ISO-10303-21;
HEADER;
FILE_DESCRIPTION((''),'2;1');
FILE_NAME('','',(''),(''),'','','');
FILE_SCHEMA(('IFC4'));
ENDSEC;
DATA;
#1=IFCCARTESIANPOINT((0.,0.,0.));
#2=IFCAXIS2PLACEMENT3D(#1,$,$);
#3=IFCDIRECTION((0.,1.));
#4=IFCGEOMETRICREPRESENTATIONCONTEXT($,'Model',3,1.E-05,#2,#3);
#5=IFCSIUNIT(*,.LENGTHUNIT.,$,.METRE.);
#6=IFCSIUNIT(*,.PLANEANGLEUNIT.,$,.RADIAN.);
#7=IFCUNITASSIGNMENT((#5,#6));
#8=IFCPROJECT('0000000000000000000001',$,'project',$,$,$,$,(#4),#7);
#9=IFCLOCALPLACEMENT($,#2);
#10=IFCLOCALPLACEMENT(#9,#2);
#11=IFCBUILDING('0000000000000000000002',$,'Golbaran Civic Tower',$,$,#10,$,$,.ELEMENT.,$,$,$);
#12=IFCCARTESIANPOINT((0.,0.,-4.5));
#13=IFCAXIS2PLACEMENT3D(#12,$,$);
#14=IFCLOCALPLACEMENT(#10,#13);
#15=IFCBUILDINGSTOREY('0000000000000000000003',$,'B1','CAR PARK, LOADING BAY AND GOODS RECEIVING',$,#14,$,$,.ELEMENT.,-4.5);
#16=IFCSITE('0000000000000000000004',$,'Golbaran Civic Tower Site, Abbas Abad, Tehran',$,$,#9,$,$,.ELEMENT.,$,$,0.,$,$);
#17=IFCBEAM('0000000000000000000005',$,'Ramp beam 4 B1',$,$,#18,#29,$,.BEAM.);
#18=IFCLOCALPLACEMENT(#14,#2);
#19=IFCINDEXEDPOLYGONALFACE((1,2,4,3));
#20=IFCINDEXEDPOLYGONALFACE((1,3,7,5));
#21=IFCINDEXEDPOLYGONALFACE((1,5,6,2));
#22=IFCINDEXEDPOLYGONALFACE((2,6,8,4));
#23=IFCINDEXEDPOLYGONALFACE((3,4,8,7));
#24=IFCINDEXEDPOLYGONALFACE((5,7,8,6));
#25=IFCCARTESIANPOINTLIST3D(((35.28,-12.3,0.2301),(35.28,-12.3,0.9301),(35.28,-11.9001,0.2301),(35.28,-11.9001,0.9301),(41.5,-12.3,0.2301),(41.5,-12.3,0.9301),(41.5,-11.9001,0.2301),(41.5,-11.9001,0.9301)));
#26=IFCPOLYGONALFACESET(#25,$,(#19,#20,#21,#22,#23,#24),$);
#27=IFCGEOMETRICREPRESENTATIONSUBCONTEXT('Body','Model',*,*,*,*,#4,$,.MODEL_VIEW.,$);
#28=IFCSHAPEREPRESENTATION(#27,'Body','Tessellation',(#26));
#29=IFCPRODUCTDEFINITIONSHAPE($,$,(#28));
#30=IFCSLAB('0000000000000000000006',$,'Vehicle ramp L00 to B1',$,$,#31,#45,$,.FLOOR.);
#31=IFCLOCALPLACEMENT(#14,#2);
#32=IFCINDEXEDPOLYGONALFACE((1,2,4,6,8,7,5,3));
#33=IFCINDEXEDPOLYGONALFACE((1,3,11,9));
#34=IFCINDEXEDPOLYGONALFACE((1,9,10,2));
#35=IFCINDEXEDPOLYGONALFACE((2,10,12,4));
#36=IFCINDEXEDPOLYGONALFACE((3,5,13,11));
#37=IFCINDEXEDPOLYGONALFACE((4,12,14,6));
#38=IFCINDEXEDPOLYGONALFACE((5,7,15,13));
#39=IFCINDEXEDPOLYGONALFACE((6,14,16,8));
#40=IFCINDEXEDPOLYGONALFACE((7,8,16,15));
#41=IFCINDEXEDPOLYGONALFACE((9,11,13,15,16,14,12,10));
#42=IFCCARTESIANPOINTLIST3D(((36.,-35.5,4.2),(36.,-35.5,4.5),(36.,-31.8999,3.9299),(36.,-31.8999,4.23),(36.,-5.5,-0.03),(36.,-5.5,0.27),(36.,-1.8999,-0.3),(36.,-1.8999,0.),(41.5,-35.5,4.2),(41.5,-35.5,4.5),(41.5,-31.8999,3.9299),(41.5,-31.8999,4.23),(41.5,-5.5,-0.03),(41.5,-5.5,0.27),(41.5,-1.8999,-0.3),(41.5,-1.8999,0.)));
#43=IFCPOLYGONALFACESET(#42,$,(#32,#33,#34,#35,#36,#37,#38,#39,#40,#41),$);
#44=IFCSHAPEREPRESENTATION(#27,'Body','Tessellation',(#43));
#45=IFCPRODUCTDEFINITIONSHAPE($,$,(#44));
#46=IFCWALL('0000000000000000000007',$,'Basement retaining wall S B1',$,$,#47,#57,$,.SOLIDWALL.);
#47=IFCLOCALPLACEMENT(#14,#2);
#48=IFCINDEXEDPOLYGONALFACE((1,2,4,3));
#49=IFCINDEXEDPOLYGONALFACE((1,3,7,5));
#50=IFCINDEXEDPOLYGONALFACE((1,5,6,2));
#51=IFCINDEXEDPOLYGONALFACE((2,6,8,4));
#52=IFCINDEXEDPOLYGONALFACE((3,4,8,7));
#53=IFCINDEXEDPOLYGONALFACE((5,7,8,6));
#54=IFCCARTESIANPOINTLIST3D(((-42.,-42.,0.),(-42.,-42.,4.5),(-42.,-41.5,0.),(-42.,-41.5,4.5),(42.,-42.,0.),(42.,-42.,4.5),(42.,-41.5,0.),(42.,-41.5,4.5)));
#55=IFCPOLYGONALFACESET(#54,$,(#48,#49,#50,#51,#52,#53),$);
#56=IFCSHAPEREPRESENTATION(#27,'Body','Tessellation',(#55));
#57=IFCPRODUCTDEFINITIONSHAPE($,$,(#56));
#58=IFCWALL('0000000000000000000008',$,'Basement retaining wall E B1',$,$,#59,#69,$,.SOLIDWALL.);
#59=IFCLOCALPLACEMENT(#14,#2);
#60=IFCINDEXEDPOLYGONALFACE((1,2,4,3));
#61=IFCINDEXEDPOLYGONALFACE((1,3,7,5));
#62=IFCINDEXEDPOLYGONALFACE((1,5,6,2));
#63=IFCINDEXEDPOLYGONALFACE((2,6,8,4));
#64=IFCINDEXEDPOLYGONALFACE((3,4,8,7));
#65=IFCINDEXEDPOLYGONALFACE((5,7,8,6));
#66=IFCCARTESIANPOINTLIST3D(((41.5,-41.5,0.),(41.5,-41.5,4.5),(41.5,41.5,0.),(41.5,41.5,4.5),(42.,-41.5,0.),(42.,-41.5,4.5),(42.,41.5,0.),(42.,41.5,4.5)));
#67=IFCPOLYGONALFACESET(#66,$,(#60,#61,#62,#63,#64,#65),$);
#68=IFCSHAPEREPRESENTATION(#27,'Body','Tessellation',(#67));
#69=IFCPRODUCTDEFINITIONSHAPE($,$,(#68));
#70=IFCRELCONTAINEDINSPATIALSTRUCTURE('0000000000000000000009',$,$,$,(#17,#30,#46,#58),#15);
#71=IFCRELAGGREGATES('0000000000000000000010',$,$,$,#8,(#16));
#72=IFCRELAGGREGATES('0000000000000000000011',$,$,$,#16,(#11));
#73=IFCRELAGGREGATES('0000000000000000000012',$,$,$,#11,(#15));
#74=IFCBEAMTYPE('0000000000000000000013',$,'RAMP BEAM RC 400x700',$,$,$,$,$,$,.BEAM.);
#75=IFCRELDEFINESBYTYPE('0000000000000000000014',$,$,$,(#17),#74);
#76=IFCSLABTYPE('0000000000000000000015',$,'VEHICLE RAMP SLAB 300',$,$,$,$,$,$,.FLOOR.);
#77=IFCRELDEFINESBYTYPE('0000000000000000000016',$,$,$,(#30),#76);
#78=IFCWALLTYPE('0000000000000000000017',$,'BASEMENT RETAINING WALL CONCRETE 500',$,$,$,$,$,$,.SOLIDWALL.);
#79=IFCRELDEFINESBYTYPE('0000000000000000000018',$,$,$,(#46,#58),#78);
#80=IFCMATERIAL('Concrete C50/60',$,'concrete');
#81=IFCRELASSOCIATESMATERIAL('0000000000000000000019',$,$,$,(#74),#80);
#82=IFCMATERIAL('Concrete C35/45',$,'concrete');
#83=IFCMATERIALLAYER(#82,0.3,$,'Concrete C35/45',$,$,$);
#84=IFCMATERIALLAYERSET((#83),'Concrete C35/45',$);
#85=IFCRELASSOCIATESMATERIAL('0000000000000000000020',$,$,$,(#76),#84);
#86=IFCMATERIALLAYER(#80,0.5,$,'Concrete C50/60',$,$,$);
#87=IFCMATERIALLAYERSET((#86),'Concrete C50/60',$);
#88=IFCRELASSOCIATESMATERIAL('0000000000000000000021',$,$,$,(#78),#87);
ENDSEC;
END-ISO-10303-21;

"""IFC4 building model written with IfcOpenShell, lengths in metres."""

from ifc_helpers import new_model, si_unit, direction, frame, frame_2d, origin, origin_2d, place, context, subcontext, project, spatial, polyline, rectangle, outline, extrude, material, layer, layer_set, material_profile, profile_set, type_object, element, save


model = new_model("IFC4")

# Units and contexts
model_context = context("Model", 3, precision=1e-05, world=origin(), true_north=direction((0.0, 1.0)))
body_context = subcontext(model_context, "Body", "Model", "MODEL_VIEW")
ifc_project = project(units=[si_unit("LENGTHUNIT", "METRE"), si_unit("PLANEANGLEUNIT", "RADIAN")], contexts=[model_context])

# Site, building, storey
site_placement = place(None, origin())
site = spatial("IfcSite", under=ifc_project, at=site_placement, Name="Golbaran Civic Tower Site, Abbas Abad, Tehran", CompositionType="ELEMENT", RefElevation=0.0)
building_placement = place(site_placement, origin())
building = spatial("IfcBuilding", under=site, at=building_placement, Name="Golbaran Civic Tower", CompositionType="ELEMENT")
storey_placement = place(building_placement, frame((0.0, 0.0, -4.5)))
storey = spatial("IfcBuildingStorey", under=building, at=storey_placement, Name="B1", Description="CAR PARK, LOADING BAY AND GOODS RECEIVING", CompositionType="ELEMENT", Elevation=-4.5)

# Shared definitions
ifc_material_1 = material(Name="Concrete C50/60", Category="concrete")

# Beam
ifc_material_profile_1 = material_profile(ifc_material_1, rectangle(XDim=0.3999, YDim=0.7, at=origin_2d()), Name="RC 400x700")
ifc_profile_set_1 = profile_set([ifc_material_profile_1], Name="Concrete C50/60")
beam_type = type_object("IfcBeamType", Name="RAMP BEAM RC 400x700", PredefinedType="BEAM", material=ifc_profile_set_1)
for number, where, z_axis, x_axis, name in (
    (1, (35.28, -12.1001, 0.5801), (1.0, 0.0, 0.0), (0.0, 1.0, 0.0), "Ramp beam 4 B1"),
):
    element("IfcBeam", number, at=place(storey_placement, frame(where, z_axis=z_axis, x_axis=x_axis)), inside=storey, type_object=beam_type, Name=name, PredefinedType="BEAM", context=body_context, shape_type="SweptSolid", body=[
        extrude(rectangle(XDim=0.3999, YDim=0.7, at=origin_2d()), origin(), (0.0, 0.0, 1.0), 6.22),
    ])

# Slab
ifc_material_2 = material(Name="Concrete C35/45", Category="concrete")
ifc_layer_1 = layer(ifc_material_2, 0.3, Name="Concrete C35/45")
ifc_layer_set_1 = layer_set([ifc_layer_1], Name="Concrete C35/45")
slab_type = type_object("IfcSlabType", Name="VEHICLE RAMP SLAB 300", PredefinedType="FLOOR", material=ifc_layer_set_1)
slab_placement = place(storey_placement, frame((36.0, -35.5, 4.5), z_axis=(0.0, 0.0, 1.0), x_axis=(0.0, 1.0, 0.0)))
element("IfcSlab", 2, at=slab_placement, inside=storey, type_object=slab_type, Name="Vehicle ramp L00 to B1", PredefinedType="FLOOR", context=body_context, shape_type="SweptSolid", body=[
    extrude(outline(polyline([(0.0, 0.0), (3.6001, -0.27), (30.0, -4.23), (33.6001, -4.5), (33.6001, -4.8), (30.0, -4.53), (3.6001, -0.5701), (0.0, -0.3), (0.0, 0.0)])), frame((0.0, 0.0, 0.0), z_axis=(0.0, -1.0, 0.0), x_axis=(1.0, 0.0, 0.0)), (0.0, 0.0, 1.0), 5.5),
])

# Walls
ifc_layer_2 = layer(ifc_material_1, 0.5, Name="Concrete C50/60")
ifc_layer_set_2 = layer_set([ifc_layer_2], Name="Concrete C50/60")
wall_type = type_object("IfcWallType", Name="BASEMENT RETAINING WALL CONCRETE 500", PredefinedType="SOLIDWALL", material=ifc_layer_set_2)
wall_1_placement = place(storey_placement, frame((42.0, -41.75, 0.0), z_axis=(0.0, 0.0, 1.0), x_axis=(-1.0, 0.0, 0.0)))
element("IfcWall", 3, at=wall_1_placement, inside=storey, type_object=wall_type, Name="Basement retaining wall S B1", PredefinedType="SOLIDWALL", context=body_context, shape_type="SweptSolid", body=[
    extrude(rectangle(XDim=84.0, YDim=0.5, at=frame_2d((42.0, 0.0))), origin(), (0.0, 0.0, 1.0), 4.5),
])
wall_2_placement = place(storey_placement, frame((41.75, -41.5, 0.0), z_axis=(0.0, 0.0, 1.0), x_axis=(0.0, 1.0, 0.0)))
element("IfcWall", 4, at=wall_2_placement, inside=storey, type_object=wall_type, Name="Basement retaining wall E B1", PredefinedType="SOLIDWALL", context=body_context, shape_type="SweptSolid", body=[
    extrude(rectangle(XDim=83.0, YDim=0.5, at=frame_2d((41.5, 0.0))), origin(), (0.0, 0.0, 1.0), 4.5),
])

save(model, "model.ifc")
